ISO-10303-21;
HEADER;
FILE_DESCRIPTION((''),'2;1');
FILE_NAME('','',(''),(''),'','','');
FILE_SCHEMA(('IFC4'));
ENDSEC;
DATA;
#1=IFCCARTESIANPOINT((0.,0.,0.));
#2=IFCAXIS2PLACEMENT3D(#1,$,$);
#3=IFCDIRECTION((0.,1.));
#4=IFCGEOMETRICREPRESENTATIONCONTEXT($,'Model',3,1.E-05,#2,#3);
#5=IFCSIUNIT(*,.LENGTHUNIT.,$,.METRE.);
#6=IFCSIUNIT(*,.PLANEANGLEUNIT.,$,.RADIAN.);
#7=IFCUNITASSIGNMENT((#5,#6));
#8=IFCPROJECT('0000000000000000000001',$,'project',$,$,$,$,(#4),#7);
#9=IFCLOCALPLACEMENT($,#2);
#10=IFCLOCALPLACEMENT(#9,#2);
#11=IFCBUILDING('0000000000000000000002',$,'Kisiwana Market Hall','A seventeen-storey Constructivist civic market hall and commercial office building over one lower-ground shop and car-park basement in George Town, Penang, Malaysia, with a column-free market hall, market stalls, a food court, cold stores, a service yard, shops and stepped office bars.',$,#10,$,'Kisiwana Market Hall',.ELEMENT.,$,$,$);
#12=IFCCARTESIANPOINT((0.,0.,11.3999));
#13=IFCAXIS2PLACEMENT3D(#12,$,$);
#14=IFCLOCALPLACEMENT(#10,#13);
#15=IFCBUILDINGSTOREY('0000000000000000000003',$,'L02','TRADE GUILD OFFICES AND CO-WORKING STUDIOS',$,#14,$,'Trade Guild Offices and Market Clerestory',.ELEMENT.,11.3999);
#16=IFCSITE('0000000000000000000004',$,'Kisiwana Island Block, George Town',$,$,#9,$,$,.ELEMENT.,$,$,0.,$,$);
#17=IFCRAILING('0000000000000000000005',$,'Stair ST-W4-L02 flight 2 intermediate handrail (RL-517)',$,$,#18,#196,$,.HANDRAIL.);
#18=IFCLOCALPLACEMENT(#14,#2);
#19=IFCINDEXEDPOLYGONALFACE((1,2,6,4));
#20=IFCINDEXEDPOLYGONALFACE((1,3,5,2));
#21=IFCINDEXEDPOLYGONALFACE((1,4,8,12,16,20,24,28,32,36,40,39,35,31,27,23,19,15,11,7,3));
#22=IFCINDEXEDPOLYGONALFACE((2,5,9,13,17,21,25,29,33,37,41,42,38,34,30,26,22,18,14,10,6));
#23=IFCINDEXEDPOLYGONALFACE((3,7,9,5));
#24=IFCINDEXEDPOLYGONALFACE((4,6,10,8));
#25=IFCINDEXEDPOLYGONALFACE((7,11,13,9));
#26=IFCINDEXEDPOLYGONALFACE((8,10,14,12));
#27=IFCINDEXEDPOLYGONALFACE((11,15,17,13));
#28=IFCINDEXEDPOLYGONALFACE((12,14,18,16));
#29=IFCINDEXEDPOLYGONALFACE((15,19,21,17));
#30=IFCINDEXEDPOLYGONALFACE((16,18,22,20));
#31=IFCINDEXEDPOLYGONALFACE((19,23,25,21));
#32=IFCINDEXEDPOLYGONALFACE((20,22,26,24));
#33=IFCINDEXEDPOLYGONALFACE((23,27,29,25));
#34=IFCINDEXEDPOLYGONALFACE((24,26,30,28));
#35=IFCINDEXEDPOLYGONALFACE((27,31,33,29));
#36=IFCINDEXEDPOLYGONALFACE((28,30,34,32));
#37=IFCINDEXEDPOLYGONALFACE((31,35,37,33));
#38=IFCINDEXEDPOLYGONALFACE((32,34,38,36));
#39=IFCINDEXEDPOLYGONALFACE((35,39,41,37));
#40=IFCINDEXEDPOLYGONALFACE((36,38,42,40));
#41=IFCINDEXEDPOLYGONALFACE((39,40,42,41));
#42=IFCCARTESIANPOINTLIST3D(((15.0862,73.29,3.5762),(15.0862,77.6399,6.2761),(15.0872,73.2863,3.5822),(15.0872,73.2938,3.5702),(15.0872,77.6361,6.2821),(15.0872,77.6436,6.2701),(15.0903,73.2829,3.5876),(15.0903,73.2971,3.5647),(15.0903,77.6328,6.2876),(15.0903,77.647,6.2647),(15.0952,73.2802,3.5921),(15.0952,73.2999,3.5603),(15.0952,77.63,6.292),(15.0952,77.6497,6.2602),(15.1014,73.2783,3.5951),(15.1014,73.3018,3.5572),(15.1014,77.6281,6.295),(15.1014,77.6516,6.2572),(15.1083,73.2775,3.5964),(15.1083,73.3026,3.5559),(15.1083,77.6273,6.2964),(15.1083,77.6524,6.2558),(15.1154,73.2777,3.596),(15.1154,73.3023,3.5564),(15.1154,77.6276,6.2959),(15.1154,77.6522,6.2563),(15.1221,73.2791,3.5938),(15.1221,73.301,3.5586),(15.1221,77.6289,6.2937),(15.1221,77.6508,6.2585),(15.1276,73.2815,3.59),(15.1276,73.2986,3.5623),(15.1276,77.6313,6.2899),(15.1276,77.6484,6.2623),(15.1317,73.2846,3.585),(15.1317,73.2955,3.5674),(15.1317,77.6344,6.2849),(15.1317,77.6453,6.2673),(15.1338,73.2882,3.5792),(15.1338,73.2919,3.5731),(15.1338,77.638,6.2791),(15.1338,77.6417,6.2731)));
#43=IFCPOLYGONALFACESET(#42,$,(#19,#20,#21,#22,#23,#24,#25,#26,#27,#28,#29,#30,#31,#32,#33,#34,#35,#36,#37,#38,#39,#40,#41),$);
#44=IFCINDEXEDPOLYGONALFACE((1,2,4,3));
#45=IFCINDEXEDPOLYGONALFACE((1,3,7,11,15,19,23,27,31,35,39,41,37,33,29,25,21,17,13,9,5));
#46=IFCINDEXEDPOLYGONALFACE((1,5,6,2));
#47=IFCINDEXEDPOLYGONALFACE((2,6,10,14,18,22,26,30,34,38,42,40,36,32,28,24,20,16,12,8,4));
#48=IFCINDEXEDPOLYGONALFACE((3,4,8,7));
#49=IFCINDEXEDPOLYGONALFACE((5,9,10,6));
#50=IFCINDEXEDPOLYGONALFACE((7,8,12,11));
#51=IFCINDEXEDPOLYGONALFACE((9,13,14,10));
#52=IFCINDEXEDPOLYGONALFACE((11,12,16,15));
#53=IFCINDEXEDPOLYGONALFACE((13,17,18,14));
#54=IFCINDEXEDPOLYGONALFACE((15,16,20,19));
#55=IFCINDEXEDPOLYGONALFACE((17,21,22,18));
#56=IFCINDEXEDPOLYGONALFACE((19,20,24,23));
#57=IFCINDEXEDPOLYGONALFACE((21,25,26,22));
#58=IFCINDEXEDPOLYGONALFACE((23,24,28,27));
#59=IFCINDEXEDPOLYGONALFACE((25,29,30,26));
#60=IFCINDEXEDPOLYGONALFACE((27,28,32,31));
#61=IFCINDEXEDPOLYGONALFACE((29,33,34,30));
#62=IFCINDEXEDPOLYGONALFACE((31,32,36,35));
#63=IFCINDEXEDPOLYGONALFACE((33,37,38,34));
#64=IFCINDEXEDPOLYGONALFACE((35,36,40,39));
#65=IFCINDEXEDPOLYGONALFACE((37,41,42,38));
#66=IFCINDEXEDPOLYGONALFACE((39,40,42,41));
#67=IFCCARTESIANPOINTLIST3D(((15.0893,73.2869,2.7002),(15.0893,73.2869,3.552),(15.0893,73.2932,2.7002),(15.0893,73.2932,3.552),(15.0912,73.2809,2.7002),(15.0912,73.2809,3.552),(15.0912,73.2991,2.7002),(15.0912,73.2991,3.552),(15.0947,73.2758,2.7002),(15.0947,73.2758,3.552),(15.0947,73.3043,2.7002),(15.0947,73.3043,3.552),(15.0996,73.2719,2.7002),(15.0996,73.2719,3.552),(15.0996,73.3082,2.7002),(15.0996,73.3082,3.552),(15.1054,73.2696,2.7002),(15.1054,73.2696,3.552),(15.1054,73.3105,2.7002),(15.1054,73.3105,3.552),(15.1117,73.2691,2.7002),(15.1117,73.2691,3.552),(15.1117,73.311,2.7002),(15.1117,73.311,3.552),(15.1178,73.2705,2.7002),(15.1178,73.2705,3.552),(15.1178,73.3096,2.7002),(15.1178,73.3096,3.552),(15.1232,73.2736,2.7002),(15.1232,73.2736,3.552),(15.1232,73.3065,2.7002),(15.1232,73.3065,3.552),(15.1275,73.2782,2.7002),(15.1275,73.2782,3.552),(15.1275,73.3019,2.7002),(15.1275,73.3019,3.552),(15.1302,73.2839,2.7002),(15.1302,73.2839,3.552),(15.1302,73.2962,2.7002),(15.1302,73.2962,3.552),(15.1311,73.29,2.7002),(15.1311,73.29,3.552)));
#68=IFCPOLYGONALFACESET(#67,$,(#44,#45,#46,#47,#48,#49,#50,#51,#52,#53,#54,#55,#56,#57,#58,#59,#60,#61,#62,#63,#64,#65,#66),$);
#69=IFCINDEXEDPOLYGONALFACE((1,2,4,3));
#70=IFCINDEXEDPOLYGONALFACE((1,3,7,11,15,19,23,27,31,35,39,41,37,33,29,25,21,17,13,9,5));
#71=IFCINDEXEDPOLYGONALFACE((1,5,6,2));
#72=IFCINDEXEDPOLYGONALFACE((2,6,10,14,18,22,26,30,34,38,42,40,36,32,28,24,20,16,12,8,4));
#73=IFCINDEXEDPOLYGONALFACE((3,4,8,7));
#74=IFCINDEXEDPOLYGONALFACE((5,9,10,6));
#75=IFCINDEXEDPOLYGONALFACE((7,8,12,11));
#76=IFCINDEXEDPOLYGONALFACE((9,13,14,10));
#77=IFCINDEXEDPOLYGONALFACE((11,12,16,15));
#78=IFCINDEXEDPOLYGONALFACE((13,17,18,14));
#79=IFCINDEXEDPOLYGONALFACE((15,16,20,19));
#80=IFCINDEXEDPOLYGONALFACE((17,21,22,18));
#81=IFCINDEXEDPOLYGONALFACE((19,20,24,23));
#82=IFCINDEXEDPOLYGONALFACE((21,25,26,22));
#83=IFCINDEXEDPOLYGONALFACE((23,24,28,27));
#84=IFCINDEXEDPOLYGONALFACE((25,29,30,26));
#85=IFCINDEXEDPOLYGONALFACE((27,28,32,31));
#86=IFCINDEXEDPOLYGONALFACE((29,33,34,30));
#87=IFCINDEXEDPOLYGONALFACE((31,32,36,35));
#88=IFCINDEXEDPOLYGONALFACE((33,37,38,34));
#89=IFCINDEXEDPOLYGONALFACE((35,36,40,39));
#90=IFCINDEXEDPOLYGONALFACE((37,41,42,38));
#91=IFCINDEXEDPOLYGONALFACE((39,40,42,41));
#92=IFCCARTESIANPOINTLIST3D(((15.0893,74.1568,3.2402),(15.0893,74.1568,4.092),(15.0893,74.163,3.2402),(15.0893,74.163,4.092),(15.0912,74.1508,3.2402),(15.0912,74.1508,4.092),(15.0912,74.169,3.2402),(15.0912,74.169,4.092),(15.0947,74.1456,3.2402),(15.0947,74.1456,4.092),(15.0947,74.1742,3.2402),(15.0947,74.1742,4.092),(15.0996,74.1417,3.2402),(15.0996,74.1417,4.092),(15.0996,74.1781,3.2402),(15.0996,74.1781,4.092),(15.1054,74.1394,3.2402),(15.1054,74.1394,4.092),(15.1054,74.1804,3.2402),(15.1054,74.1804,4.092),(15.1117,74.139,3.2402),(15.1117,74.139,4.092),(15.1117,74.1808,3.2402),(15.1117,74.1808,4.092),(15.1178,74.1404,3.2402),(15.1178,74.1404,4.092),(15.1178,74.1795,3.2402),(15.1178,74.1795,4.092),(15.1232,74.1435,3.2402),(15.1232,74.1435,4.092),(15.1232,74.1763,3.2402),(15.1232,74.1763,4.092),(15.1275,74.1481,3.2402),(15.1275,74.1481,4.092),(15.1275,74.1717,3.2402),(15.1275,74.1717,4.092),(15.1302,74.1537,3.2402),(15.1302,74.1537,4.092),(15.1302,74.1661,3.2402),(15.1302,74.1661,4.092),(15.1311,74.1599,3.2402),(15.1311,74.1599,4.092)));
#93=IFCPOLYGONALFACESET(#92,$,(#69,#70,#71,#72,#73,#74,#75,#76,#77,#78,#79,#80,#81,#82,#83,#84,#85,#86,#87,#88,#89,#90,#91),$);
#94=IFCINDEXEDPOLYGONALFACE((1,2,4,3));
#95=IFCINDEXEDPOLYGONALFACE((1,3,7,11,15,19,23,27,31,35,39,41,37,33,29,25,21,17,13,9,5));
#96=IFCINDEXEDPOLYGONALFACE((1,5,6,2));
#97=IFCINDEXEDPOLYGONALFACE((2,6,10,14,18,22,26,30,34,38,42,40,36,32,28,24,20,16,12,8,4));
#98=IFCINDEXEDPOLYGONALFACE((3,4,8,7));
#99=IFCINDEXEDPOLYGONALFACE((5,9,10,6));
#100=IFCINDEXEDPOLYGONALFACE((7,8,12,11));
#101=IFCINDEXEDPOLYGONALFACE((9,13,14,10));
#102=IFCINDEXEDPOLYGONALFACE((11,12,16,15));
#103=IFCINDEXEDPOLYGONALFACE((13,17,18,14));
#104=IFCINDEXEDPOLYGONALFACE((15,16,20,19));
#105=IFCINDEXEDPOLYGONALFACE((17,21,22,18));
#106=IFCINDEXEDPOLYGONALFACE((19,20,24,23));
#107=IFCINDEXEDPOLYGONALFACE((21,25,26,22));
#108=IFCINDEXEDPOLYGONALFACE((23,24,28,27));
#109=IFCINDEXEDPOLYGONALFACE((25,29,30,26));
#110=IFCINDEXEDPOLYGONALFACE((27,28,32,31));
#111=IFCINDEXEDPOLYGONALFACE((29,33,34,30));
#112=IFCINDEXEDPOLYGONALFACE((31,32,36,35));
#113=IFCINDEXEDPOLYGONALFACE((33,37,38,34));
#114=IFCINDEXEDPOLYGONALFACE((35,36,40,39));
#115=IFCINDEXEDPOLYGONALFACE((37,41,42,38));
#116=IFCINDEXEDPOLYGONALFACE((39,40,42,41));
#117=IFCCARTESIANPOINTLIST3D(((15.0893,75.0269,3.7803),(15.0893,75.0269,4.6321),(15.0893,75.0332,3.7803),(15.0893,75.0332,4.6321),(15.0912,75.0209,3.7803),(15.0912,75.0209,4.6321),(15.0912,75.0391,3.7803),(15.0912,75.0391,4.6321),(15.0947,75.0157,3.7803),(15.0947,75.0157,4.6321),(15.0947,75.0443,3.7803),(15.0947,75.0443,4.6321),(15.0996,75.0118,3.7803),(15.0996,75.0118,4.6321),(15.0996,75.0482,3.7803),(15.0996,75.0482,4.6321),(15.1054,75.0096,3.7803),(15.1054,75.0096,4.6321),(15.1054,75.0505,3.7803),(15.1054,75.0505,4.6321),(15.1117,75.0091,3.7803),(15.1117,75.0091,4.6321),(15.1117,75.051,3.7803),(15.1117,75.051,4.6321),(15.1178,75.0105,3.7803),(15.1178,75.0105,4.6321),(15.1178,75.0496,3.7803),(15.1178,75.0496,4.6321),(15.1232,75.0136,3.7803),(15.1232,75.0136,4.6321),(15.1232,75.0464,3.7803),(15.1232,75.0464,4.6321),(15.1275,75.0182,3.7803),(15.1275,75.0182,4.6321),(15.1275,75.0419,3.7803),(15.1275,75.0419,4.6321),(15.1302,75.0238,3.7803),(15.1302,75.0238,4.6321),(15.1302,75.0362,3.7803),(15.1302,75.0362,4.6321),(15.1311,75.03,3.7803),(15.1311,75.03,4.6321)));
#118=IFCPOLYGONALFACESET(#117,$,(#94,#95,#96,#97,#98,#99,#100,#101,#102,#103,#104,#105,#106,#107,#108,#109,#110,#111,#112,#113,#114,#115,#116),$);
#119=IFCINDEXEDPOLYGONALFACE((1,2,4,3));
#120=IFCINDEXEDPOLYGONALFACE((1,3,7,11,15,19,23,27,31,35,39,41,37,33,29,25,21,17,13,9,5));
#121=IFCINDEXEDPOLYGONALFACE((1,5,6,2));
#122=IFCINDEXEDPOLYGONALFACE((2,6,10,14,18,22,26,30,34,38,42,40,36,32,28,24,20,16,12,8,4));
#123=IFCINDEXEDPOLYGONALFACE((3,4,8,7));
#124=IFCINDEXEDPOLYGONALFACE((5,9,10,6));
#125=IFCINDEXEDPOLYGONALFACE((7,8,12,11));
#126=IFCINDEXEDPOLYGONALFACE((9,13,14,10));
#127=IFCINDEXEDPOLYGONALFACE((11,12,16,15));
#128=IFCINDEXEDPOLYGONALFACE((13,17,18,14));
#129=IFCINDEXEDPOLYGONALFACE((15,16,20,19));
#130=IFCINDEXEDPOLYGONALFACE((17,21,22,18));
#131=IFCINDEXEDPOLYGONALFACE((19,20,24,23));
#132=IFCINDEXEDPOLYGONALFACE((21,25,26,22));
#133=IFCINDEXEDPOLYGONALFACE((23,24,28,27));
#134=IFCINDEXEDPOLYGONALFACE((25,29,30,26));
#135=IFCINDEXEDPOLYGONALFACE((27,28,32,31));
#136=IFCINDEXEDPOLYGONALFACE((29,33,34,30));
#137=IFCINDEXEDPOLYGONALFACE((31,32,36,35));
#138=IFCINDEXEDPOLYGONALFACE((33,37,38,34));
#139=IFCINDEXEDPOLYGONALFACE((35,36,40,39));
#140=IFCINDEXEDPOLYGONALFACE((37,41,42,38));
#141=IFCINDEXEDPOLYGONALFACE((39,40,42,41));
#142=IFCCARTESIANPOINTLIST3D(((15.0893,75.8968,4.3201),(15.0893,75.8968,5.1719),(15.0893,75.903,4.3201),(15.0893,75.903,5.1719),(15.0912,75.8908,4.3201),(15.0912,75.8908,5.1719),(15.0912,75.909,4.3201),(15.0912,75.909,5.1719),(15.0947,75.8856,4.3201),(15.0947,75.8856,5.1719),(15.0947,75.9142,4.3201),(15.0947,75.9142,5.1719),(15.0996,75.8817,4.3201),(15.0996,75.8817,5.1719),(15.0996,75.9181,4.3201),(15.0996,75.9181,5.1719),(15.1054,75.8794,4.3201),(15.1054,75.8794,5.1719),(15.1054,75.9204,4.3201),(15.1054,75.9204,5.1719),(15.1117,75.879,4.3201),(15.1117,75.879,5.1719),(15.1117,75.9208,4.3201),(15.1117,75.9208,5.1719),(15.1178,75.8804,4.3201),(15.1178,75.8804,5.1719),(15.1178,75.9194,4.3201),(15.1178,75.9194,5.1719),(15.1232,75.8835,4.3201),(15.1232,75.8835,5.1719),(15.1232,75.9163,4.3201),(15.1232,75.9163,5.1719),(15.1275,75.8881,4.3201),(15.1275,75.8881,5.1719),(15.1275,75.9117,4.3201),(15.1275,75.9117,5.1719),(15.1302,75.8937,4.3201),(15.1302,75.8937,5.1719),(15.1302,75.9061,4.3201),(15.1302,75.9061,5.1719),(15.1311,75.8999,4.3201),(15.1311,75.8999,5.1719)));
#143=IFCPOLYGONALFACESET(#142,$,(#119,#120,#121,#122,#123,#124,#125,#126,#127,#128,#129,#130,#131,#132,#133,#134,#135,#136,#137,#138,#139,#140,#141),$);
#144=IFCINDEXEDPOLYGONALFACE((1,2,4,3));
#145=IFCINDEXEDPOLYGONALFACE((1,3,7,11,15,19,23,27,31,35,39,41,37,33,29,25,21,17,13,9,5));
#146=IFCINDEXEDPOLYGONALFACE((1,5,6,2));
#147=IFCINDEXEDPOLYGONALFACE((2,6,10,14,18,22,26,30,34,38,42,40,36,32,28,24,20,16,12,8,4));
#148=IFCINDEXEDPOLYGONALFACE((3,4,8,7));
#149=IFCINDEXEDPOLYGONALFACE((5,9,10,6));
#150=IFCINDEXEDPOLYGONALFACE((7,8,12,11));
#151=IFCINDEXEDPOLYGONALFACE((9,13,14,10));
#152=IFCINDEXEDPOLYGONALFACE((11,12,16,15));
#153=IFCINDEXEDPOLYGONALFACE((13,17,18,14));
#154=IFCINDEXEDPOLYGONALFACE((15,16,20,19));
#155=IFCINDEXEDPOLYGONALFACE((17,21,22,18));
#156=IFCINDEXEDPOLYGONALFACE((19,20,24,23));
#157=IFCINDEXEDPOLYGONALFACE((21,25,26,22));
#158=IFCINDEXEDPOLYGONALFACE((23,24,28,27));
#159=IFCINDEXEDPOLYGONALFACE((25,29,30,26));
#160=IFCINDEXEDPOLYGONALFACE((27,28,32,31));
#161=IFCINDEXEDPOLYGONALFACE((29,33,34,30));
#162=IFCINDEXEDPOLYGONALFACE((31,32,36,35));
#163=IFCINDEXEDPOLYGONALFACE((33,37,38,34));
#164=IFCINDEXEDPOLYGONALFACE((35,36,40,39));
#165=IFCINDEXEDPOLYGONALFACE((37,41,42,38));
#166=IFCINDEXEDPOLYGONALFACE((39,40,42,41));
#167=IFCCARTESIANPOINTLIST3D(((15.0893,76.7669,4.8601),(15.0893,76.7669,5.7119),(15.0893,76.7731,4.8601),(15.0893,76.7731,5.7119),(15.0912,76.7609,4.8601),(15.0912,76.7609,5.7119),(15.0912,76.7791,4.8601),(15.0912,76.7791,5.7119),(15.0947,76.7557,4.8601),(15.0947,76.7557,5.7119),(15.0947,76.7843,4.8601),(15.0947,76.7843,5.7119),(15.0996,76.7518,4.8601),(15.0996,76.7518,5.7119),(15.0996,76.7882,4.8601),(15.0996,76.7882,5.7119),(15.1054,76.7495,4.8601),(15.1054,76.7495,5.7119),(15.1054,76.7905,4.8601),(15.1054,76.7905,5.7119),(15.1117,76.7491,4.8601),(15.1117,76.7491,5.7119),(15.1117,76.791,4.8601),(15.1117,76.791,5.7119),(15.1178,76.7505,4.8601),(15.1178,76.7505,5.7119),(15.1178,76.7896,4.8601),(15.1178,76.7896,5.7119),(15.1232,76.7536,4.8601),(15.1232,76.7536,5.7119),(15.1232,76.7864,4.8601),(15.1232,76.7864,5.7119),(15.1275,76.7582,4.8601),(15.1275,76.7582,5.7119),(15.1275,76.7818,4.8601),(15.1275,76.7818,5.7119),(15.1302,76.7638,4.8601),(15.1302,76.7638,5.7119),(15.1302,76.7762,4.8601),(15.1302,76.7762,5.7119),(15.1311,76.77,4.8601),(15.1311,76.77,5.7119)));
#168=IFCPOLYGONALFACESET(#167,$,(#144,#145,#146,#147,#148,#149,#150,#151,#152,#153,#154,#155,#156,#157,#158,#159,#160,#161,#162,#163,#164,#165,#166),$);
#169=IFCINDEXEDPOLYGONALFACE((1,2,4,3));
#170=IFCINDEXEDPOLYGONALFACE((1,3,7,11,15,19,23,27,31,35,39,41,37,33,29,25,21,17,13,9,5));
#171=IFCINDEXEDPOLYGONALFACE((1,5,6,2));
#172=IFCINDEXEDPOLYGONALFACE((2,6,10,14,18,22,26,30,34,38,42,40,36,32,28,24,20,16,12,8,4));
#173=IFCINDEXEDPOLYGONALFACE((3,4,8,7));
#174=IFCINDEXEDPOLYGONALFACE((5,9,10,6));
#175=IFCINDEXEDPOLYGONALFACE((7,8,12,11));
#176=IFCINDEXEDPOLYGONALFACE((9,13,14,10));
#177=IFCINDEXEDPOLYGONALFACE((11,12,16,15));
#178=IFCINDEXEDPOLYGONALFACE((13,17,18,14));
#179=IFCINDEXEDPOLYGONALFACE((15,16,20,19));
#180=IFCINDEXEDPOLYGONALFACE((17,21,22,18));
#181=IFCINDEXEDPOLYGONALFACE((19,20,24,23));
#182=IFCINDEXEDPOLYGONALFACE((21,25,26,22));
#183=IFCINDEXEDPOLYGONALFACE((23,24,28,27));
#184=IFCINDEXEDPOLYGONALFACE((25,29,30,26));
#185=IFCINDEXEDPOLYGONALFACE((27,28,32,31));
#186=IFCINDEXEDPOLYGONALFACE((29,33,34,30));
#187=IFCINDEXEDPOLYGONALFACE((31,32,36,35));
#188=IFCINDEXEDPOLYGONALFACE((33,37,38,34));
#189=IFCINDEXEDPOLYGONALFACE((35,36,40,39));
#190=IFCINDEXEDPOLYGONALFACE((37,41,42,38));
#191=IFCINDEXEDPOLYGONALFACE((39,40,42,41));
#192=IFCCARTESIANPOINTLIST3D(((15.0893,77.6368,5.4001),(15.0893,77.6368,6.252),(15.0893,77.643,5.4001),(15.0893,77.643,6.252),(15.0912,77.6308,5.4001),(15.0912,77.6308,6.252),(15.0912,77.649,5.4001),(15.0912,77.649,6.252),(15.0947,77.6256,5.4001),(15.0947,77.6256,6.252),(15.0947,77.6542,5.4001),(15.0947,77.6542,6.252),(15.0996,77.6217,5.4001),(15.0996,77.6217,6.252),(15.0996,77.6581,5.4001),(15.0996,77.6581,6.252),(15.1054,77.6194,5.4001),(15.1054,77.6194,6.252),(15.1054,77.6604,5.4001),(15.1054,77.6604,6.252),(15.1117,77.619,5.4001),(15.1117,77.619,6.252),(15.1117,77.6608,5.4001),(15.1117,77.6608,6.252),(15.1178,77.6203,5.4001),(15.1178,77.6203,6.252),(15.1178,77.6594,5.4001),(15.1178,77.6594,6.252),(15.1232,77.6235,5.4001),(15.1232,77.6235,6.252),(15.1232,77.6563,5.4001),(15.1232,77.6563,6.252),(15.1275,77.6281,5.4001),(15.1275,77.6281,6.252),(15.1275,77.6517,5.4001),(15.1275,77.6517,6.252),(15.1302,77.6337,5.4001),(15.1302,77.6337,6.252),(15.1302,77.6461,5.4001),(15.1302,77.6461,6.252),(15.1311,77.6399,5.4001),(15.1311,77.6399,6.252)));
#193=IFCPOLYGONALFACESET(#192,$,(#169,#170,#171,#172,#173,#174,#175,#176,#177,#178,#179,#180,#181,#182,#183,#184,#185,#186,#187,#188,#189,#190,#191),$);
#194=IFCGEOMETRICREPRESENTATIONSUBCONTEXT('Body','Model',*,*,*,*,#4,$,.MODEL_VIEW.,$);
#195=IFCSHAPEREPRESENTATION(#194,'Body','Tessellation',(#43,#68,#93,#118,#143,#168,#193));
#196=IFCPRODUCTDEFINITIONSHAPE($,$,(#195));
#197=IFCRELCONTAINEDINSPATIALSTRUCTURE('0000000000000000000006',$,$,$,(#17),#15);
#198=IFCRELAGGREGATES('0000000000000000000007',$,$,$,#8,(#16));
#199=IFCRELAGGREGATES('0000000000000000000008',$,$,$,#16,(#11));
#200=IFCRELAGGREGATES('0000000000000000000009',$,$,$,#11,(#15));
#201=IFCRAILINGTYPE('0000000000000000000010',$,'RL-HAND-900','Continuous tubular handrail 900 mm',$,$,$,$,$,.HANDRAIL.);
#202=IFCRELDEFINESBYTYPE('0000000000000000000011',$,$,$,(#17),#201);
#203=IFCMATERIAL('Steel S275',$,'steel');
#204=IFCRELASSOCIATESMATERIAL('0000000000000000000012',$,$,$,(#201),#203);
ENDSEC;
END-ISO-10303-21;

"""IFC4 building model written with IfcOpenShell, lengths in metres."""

from ifc_helpers import new_model, si_unit, direction, frame, origin, origin_2d, place, context, subcontext, project, spatial, circle, extrude, material, type_object, element, save


model = new_model("IFC4")

# Units and contexts
model_context = context("Model", 3, precision=1e-05, world=origin(), true_north=direction((0.0, 1.0)))
body_context = subcontext(model_context, "Body", "Model", "MODEL_VIEW")
ifc_project = project(units=[si_unit("LENGTHUNIT", "METRE"), si_unit("PLANEANGLEUNIT", "RADIAN")], contexts=[model_context])

# Site, building, storey
site_placement = place(None, origin())
site = spatial("IfcSite", under=ifc_project, at=site_placement, Name="Kisiwana Island Block, George Town", CompositionType="ELEMENT", RefElevation=0.0)
building_placement = place(site_placement, origin())
building = spatial("IfcBuilding", under=site, at=building_placement, Name="Kisiwana Market Hall", Description="A seventeen-storey Constructivist civic market hall and commercial office building over one lower-ground shop and car-park basement in George Town, Penang, Malaysia, with a column-free market hall, market stalls, a food court, cold stores, a service yard, shops and stepped office bars.", LongName="Kisiwana Market Hall", CompositionType="ELEMENT")
storey_placement = place(building_placement, frame((0.0, 0.0, 11.3999)))
storey = spatial("IfcBuildingStorey", under=building, at=storey_placement, Name="L02", Description="TRADE GUILD OFFICES AND CO-WORKING STUDIOS", LongName="Trade Guild Offices and Market Clerestory", CompositionType="ELEMENT", Elevation=11.3999)

# Railing
ifc_material_1 = material(Name="Steel S275", Category="steel")
railing_type_1 = type_object("IfcRailingType", Name="RL-HAND-900", Description="Continuous tubular handrail 900 mm", PredefinedType="HANDRAIL", material=ifc_material_1)
for number, where, name in (
    (1, (15.1101, 73.29, 2.7002), "Stair ST-W4-L02 flight 2 intermediate handrail (RL-517)"),
):
    element("IfcRailing", number, at=place(storey_placement, frame(where)), inside=storey, type_object=railing_type_1, Name=name, PredefinedType="HANDRAIL", context=body_context, shape_type="SweptSolid", body=[
        extrude(circle(Radius=0.0239, at=origin_2d()), frame((0.0, 0.0, 0.876), z_axis=(0.0, 0.849636, 0.527369), x_axis=(-1.0, 0.0, 0.0)), (0.0, 0.0, 1.0), 5.1196),
        extrude(circle(Radius=0.021, at=origin_2d()), origin(), (0.0, 0.0, 1.0), 0.8518),
        extrude(circle(Radius=0.021, at=origin_2d()), frame((0.0, 0.8699, 0.54)), (0.0, 0.0, 1.0), 0.8518),
        extrude(circle(Radius=0.021, at=origin_2d()), frame((0.0, 1.74, 1.0801)), (0.0, 0.0, 1.0), 0.8518),
        extrude(circle(Radius=0.021, at=origin_2d()), frame((0.0, 2.6099, 1.6199)), (0.0, 0.0, 1.0), 0.8518),
        extrude(circle(Radius=0.021, at=origin_2d()), frame((0.0, 3.48, 2.1599)), (0.0, 0.0, 1.0), 0.8518),
        extrude(circle(Radius=0.021, at=origin_2d()), frame((0.0, 4.3499, 2.7)), (0.0, 0.0, 1.0), 0.8518),
    ])

save(model, "model.ifc")
